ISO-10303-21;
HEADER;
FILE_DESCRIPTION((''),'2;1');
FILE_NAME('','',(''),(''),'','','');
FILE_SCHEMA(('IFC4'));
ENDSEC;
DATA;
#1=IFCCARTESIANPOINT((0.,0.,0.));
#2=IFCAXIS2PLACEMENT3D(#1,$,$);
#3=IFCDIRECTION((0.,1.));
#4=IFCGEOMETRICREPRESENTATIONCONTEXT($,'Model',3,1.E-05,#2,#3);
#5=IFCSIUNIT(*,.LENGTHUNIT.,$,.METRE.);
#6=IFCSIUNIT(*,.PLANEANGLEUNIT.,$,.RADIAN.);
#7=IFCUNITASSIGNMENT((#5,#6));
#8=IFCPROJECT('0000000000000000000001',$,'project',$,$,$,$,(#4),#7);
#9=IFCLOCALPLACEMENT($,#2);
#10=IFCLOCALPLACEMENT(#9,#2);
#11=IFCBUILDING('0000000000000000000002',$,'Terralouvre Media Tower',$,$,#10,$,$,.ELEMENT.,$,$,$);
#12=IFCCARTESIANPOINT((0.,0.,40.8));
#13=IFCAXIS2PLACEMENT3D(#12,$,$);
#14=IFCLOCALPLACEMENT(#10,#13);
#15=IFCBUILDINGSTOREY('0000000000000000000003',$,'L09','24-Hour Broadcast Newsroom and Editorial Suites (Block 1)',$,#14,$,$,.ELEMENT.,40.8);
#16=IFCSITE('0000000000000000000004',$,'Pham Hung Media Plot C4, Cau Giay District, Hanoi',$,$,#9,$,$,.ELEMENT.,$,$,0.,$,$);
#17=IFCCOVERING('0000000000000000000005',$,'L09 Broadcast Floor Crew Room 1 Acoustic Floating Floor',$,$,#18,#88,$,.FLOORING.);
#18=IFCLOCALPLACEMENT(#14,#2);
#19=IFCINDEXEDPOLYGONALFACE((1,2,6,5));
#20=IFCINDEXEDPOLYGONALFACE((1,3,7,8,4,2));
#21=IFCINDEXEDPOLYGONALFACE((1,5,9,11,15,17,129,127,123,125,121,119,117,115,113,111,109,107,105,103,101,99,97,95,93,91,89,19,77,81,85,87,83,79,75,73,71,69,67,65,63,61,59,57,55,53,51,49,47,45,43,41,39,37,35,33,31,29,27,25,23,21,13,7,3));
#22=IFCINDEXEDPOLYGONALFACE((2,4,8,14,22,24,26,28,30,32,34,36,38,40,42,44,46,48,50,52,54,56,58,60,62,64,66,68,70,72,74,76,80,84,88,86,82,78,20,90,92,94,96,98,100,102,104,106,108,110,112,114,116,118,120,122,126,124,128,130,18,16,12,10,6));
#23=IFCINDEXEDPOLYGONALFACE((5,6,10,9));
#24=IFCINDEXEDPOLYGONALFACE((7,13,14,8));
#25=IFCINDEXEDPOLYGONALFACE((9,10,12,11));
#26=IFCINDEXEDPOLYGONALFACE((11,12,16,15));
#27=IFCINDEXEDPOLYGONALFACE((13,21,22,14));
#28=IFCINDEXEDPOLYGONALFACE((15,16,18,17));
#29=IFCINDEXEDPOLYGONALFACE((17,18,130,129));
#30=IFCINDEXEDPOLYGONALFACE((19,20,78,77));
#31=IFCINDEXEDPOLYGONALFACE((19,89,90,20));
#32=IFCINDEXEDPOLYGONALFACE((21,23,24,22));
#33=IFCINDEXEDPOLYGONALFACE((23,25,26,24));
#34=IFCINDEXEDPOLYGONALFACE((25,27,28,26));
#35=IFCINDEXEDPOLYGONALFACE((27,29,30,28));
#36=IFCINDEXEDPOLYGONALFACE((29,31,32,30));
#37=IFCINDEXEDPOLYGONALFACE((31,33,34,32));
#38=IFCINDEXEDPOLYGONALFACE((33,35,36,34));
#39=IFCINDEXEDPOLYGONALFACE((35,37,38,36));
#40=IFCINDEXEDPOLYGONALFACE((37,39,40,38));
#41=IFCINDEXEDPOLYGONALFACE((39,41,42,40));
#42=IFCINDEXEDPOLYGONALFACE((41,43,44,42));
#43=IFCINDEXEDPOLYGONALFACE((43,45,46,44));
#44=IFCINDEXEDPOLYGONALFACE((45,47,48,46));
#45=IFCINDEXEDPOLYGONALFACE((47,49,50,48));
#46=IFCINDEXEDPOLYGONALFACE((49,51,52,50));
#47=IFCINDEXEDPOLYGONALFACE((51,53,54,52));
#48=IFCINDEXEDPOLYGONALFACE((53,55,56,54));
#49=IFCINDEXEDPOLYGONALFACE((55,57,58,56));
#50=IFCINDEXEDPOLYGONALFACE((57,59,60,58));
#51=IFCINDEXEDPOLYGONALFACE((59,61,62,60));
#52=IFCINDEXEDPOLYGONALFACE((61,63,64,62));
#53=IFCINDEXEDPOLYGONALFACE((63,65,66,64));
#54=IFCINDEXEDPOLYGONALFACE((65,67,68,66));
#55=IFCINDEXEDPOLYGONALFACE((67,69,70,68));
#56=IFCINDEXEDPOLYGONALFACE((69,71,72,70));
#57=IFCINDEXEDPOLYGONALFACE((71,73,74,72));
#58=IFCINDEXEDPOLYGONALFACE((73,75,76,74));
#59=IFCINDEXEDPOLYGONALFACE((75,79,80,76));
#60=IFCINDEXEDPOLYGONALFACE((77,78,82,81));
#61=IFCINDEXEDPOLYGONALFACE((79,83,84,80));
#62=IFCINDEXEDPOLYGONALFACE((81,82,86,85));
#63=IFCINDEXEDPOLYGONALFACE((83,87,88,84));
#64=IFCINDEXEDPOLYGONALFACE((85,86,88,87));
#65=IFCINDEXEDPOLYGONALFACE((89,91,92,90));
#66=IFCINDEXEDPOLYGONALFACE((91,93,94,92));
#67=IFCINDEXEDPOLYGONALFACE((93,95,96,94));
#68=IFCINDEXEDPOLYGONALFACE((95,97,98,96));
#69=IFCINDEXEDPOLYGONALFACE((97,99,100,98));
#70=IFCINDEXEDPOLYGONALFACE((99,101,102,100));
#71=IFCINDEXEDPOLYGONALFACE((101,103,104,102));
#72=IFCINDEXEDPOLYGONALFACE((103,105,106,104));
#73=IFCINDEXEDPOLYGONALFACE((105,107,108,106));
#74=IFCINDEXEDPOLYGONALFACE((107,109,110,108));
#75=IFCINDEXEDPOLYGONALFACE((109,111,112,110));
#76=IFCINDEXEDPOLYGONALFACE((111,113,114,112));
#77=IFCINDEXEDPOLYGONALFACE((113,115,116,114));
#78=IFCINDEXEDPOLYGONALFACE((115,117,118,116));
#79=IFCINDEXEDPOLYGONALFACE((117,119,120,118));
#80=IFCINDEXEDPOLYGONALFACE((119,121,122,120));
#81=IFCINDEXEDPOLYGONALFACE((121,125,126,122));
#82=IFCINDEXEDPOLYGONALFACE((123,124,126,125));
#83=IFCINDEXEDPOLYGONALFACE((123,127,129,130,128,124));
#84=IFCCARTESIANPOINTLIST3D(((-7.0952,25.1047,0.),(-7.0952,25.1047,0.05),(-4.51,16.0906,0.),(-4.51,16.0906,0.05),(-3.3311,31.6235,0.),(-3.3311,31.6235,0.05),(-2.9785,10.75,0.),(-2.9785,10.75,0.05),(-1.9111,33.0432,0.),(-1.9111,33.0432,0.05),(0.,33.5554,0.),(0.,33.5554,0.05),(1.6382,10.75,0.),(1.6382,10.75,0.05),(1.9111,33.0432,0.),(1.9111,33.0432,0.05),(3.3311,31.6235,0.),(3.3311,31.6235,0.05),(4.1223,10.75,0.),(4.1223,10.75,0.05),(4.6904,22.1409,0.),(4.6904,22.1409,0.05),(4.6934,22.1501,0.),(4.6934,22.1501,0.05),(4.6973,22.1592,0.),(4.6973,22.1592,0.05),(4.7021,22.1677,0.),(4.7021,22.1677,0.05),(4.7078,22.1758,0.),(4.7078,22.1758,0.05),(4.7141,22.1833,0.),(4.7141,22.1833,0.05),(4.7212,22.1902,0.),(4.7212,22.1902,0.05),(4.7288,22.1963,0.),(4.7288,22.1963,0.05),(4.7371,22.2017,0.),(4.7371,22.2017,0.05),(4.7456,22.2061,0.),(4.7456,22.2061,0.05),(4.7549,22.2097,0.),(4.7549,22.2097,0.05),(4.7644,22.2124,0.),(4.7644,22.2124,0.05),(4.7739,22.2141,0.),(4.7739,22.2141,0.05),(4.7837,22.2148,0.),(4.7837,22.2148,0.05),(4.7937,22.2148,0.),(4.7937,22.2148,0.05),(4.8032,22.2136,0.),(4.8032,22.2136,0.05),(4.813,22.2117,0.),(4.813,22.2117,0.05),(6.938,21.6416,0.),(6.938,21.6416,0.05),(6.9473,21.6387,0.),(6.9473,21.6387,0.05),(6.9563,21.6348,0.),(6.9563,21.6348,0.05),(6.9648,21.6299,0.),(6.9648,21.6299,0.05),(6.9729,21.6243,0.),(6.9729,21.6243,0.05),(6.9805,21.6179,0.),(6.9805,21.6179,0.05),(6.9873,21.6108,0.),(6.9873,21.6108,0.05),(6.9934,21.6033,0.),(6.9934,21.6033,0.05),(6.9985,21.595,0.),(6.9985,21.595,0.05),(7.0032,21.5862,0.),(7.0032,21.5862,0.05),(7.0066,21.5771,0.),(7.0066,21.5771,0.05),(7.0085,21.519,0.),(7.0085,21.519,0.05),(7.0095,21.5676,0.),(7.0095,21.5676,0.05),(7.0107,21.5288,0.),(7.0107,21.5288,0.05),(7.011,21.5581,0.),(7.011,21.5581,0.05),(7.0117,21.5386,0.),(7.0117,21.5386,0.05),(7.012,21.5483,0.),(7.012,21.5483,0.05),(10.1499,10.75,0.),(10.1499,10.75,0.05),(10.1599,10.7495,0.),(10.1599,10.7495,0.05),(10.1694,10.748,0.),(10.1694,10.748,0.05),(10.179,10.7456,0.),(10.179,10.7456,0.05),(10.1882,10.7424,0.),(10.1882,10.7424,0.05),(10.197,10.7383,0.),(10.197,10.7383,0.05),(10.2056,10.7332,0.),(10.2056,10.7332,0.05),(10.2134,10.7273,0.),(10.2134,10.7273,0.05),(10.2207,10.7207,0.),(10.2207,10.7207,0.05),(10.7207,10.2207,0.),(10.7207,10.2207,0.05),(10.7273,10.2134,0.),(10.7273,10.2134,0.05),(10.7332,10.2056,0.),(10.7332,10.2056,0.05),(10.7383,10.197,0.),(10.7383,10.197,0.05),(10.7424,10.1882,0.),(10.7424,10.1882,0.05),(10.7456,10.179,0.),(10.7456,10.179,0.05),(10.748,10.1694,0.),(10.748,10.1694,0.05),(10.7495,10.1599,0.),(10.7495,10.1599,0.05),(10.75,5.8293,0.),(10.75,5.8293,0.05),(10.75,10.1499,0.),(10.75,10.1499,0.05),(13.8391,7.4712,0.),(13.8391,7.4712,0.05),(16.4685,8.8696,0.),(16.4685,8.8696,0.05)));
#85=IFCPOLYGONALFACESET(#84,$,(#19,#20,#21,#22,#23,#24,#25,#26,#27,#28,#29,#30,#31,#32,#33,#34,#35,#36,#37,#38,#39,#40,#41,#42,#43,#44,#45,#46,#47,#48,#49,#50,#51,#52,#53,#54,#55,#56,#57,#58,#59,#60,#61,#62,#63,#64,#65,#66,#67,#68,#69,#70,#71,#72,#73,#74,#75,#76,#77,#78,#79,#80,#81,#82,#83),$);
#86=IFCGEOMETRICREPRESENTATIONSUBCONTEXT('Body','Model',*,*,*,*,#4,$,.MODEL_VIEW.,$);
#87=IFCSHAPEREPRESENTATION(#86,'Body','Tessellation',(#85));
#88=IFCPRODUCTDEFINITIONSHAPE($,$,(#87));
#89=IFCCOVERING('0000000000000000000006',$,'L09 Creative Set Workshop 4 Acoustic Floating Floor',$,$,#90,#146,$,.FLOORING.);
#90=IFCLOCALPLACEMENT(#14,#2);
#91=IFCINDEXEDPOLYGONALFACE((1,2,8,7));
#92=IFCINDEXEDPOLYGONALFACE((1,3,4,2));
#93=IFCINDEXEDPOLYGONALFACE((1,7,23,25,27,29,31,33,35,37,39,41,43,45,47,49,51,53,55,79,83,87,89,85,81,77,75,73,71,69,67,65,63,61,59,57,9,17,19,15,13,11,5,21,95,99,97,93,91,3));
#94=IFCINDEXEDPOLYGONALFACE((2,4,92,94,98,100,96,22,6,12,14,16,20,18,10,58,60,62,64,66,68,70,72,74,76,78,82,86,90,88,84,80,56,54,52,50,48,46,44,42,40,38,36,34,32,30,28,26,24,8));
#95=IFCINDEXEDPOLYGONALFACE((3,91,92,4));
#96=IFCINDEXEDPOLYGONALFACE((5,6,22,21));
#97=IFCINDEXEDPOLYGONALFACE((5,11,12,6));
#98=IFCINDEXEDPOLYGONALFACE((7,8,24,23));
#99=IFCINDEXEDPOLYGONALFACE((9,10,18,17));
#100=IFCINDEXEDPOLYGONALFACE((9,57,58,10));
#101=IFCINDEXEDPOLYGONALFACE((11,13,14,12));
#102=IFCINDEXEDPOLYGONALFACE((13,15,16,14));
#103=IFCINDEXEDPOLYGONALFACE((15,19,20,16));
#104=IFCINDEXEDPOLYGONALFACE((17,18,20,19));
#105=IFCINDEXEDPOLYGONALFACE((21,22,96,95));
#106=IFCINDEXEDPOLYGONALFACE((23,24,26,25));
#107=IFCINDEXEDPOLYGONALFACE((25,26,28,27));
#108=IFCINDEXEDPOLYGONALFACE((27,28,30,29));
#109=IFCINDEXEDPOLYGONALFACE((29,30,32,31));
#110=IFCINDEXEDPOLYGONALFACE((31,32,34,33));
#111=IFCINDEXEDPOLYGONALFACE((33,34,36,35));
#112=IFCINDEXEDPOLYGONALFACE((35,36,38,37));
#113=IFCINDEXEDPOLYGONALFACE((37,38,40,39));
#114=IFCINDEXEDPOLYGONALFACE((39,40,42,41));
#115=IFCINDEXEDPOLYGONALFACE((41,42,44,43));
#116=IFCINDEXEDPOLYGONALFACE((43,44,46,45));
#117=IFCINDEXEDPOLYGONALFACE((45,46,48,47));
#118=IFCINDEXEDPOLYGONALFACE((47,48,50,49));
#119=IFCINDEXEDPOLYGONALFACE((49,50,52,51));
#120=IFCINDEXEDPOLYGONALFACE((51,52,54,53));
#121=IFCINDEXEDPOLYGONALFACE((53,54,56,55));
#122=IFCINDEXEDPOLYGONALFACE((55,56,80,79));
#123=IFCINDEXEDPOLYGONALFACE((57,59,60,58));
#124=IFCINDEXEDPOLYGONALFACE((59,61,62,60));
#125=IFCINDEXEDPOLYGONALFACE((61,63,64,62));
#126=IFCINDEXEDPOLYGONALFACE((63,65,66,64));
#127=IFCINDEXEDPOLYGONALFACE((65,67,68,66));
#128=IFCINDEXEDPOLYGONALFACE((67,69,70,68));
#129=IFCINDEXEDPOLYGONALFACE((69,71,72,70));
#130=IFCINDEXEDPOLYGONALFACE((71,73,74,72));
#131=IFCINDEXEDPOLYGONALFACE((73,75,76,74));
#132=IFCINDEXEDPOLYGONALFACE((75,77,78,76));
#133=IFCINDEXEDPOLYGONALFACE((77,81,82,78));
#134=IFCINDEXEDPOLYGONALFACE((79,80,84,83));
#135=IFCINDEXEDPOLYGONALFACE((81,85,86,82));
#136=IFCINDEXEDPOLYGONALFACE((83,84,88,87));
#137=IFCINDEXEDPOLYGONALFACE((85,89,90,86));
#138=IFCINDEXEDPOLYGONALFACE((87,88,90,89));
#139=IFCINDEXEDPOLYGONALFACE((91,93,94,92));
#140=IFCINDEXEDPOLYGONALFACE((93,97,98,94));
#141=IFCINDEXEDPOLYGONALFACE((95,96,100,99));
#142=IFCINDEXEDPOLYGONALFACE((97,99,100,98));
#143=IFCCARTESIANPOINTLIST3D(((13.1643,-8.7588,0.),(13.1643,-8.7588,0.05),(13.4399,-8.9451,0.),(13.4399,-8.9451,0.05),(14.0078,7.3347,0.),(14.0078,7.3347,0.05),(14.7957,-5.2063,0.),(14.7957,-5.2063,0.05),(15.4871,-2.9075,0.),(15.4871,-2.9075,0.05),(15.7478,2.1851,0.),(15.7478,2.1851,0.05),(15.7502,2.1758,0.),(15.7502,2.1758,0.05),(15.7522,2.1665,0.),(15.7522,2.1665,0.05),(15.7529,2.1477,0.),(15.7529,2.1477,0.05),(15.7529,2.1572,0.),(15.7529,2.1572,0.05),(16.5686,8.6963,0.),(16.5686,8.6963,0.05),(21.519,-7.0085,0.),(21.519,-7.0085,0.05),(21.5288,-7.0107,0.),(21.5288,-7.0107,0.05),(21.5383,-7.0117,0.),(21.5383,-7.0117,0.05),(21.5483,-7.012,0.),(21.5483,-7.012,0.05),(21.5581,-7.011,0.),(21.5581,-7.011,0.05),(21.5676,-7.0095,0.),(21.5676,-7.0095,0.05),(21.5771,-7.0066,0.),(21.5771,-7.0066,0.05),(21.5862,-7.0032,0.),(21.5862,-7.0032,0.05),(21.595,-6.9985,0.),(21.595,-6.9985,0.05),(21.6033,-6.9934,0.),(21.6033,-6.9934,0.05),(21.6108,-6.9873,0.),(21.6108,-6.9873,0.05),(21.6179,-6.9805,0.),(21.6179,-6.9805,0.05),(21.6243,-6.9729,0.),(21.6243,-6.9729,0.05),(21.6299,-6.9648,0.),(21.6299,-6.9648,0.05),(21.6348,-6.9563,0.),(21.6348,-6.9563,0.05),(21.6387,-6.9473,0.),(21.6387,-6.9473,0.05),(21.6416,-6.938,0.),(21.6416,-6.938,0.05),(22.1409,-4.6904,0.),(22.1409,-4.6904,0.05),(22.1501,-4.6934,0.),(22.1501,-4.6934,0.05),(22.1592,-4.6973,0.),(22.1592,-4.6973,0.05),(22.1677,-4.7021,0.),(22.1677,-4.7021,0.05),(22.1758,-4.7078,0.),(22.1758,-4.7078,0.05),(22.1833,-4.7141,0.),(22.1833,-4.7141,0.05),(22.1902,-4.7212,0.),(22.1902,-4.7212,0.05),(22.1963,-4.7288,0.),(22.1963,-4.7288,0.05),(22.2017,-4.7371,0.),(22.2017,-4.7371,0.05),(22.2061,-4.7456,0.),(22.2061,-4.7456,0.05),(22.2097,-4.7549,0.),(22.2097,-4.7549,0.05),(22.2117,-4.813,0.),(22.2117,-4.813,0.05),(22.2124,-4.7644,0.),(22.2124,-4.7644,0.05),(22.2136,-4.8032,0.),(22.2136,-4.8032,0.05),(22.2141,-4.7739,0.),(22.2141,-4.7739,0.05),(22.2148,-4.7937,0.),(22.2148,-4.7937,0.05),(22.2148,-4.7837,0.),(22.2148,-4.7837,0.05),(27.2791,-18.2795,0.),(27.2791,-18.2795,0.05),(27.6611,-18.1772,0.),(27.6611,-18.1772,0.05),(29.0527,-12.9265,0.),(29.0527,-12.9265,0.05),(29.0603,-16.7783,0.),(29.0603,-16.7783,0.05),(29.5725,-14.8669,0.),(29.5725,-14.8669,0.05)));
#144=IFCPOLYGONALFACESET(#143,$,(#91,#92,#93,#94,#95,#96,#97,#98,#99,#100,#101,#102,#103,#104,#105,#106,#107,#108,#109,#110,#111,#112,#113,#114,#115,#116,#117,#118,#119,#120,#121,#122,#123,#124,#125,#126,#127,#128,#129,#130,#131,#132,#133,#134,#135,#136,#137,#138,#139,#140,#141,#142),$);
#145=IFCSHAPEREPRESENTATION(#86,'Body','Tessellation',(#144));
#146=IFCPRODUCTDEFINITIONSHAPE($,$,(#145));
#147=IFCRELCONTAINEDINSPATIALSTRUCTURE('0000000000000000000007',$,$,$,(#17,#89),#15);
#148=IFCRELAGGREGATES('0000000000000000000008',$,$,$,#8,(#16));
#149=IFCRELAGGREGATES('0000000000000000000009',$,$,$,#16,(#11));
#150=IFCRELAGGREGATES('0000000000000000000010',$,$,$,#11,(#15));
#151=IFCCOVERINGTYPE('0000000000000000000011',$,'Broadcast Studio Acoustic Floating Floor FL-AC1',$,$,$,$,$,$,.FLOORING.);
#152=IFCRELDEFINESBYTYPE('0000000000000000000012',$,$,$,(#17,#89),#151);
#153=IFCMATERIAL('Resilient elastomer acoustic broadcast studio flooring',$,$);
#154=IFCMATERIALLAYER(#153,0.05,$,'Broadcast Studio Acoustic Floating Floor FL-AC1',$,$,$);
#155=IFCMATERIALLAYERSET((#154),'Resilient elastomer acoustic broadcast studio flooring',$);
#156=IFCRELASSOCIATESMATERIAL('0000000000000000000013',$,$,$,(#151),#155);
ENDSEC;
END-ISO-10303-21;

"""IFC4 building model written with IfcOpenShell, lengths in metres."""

from ifc_helpers import new_model, si_unit, direction, frame, origin, place, context, subcontext, project, spatial, polyline, outline, extrude, material, layer, layer_set, type_object, element, save


model = new_model("IFC4")

# Units and contexts
model_context = context("Model", 3, precision=1e-05, world=origin(), true_north=direction((0.0, 1.0)))
body_context = subcontext(model_context, "Body", "Model", "MODEL_VIEW")
ifc_project = project(units=[si_unit("LENGTHUNIT", "METRE"), si_unit("PLANEANGLEUNIT", "RADIAN")], contexts=[model_context])

# Site, building, storey
site_placement = place(None, origin())
site = spatial("IfcSite", under=ifc_project, at=site_placement, Name="Pham Hung Media Plot C4, Cau Giay District, Hanoi", CompositionType="ELEMENT", RefElevation=0.0)
building_placement = place(site_placement, origin())
building = spatial("IfcBuilding", under=site, at=building_placement, Name="Terralouvre Media Tower", CompositionType="ELEMENT")
storey_placement = place(building_placement, frame((0.0, 0.0, 40.8)))
storey = spatial("IfcBuildingStorey", under=building, at=storey_placement, Name="L09", Description="24-Hour Broadcast Newsroom and Editorial Suites (Block 1)", CompositionType="ELEMENT", Elevation=40.8)

# Coverings
ifc_material_1 = material(Name="Resilient elastomer acoustic broadcast studio flooring")
ifc_layer_1 = layer(ifc_material_1, 0.05, Name="Broadcast Studio Acoustic Floating Floor FL-AC1")
ifc_layer_set_1 = layer_set([ifc_layer_1], Name="Resilient elastomer acoustic broadcast studio flooring")
covering_type_1 = type_object("IfcCoveringType", Name="Broadcast Studio Acoustic Floating Floor FL-AC1", PredefinedType="FLOORING", material=ifc_layer_set_1)
covering_1_placement = place(storey_placement, origin())
element("IfcCovering", 1, at=covering_1_placement, inside=storey, type_object=covering_type_1, Name="L09 Broadcast Floor Crew Room 1 Acoustic Floating Floor", PredefinedType="FLOORING", context=body_context, shape_type="SweptSolid", body=[
    extrude(outline(polyline([(-4.51, 16.0906), (-2.9785, 10.75), (1.6382, 10.75), (4.6904, 22.1409), (4.6934, 22.1501), (4.6973, 22.1592), (4.7021, 22.1677), (4.7078, 22.1758), (4.7141, 22.1833), (4.7212, 22.1902), (4.7288, 22.1963), (4.7371, 22.2017), (4.7456, 22.2061), (4.7549, 22.2097), (4.7644, 22.2124), (4.7739, 22.2141), (4.7837, 22.2148), (4.7937, 22.2148), (4.8032, 22.2136), (4.813, 22.2117), (6.938, 21.6416), (6.9473, 21.6387), (6.9563, 21.6348), (6.9648, 21.6299), (6.9729, 21.6243), (6.9805, 21.6179), (6.9873, 21.6108), (6.9934, 21.6033), (6.9985, 21.595), (7.0032, 21.5862), (7.0066, 21.5771), (7.0095, 21.5676), (7.011, 21.5581), (7.012, 21.5483), (7.0117, 21.5386), (7.0107, 21.5288), (7.0085, 21.519), (4.1223, 10.75), (10.1499, 10.75), (10.1599, 10.7495), (10.1694, 10.748), (10.179, 10.7456), (10.1882, 10.7424), (10.197, 10.7383), (10.2056, 10.7332), (10.2134, 10.7273), (10.2207, 10.7207), (10.7207, 10.2207), (10.7273, 10.2134), (10.7332, 10.2056), (10.7383, 10.197), (10.7424, 10.1882), (10.7456, 10.179), (10.748, 10.1694), (10.7495, 10.1599), (10.75, 10.1499), (10.75, 5.8293), (13.8391, 7.4712), (16.4685, 8.8696), (3.3311, 31.6235), (1.9111, 33.0432), (0.0, 33.5554), (-1.9111, 33.0432), (-3.3311, 31.6235), (-7.0952, 25.1047), (-4.51, 16.0906)])), origin(), (0.0, 0.0, 1.0), 0.05),
])
covering_2_placement = place(storey_placement, origin())
element("IfcCovering", 2, at=covering_2_placement, inside=storey, type_object=covering_type_1, Name="L09 Creative Set Workshop 4 Acoustic Floating Floor", PredefinedType="FLOORING", context=body_context, shape_type="SweptSolid", body=[
    extrude(outline(polyline([(15.7478, 2.1851), (15.7502, 2.1758), (15.7522, 2.1665), (15.7529, 2.1572), (15.7529, 2.1477), (15.4871, -2.9075), (22.1409, -4.6904), (22.1501, -4.6934), (22.1592, -4.6973), (22.1677, -4.7021), (22.1758, -4.7078), (22.1833, -4.7141), (22.1902, -4.7212), (22.1963, -4.7288), (22.2017, -4.7371), (22.2061, -4.7456), (22.2097, -4.7549), (22.2124, -4.7644), (22.2141, -4.7739), (22.2148, -4.7837), (22.2148, -4.7937), (22.2136, -4.8032), (22.2117, -4.813), (21.6416, -6.938), (21.6387, -6.9473), (21.6348, -6.9563), (21.6299, -6.9648), (21.6243, -6.9729), (21.6179, -6.9805), (21.6108, -6.9873), (21.6033, -6.9934), (21.595, -6.9985), (21.5862, -7.0032), (21.5771, -7.0066), (21.5676, -7.0095), (21.5581, -7.011), (21.5483, -7.012), (21.5383, -7.0117), (21.5288, -7.0107), (21.519, -7.0085), (14.7957, -5.2063), (13.1643, -8.7588), (13.4399, -8.9451), (27.2791, -18.2795), (27.6611, -18.1772), (29.0603, -16.7783), (29.5725, -14.8669), (29.0527, -12.9265), (16.5686, 8.6963), (14.0078, 7.3347), (15.7478, 2.1851)])), origin(), (0.0, 0.0, 1.0), 0.05),
])

save(model, "model.ifc")
